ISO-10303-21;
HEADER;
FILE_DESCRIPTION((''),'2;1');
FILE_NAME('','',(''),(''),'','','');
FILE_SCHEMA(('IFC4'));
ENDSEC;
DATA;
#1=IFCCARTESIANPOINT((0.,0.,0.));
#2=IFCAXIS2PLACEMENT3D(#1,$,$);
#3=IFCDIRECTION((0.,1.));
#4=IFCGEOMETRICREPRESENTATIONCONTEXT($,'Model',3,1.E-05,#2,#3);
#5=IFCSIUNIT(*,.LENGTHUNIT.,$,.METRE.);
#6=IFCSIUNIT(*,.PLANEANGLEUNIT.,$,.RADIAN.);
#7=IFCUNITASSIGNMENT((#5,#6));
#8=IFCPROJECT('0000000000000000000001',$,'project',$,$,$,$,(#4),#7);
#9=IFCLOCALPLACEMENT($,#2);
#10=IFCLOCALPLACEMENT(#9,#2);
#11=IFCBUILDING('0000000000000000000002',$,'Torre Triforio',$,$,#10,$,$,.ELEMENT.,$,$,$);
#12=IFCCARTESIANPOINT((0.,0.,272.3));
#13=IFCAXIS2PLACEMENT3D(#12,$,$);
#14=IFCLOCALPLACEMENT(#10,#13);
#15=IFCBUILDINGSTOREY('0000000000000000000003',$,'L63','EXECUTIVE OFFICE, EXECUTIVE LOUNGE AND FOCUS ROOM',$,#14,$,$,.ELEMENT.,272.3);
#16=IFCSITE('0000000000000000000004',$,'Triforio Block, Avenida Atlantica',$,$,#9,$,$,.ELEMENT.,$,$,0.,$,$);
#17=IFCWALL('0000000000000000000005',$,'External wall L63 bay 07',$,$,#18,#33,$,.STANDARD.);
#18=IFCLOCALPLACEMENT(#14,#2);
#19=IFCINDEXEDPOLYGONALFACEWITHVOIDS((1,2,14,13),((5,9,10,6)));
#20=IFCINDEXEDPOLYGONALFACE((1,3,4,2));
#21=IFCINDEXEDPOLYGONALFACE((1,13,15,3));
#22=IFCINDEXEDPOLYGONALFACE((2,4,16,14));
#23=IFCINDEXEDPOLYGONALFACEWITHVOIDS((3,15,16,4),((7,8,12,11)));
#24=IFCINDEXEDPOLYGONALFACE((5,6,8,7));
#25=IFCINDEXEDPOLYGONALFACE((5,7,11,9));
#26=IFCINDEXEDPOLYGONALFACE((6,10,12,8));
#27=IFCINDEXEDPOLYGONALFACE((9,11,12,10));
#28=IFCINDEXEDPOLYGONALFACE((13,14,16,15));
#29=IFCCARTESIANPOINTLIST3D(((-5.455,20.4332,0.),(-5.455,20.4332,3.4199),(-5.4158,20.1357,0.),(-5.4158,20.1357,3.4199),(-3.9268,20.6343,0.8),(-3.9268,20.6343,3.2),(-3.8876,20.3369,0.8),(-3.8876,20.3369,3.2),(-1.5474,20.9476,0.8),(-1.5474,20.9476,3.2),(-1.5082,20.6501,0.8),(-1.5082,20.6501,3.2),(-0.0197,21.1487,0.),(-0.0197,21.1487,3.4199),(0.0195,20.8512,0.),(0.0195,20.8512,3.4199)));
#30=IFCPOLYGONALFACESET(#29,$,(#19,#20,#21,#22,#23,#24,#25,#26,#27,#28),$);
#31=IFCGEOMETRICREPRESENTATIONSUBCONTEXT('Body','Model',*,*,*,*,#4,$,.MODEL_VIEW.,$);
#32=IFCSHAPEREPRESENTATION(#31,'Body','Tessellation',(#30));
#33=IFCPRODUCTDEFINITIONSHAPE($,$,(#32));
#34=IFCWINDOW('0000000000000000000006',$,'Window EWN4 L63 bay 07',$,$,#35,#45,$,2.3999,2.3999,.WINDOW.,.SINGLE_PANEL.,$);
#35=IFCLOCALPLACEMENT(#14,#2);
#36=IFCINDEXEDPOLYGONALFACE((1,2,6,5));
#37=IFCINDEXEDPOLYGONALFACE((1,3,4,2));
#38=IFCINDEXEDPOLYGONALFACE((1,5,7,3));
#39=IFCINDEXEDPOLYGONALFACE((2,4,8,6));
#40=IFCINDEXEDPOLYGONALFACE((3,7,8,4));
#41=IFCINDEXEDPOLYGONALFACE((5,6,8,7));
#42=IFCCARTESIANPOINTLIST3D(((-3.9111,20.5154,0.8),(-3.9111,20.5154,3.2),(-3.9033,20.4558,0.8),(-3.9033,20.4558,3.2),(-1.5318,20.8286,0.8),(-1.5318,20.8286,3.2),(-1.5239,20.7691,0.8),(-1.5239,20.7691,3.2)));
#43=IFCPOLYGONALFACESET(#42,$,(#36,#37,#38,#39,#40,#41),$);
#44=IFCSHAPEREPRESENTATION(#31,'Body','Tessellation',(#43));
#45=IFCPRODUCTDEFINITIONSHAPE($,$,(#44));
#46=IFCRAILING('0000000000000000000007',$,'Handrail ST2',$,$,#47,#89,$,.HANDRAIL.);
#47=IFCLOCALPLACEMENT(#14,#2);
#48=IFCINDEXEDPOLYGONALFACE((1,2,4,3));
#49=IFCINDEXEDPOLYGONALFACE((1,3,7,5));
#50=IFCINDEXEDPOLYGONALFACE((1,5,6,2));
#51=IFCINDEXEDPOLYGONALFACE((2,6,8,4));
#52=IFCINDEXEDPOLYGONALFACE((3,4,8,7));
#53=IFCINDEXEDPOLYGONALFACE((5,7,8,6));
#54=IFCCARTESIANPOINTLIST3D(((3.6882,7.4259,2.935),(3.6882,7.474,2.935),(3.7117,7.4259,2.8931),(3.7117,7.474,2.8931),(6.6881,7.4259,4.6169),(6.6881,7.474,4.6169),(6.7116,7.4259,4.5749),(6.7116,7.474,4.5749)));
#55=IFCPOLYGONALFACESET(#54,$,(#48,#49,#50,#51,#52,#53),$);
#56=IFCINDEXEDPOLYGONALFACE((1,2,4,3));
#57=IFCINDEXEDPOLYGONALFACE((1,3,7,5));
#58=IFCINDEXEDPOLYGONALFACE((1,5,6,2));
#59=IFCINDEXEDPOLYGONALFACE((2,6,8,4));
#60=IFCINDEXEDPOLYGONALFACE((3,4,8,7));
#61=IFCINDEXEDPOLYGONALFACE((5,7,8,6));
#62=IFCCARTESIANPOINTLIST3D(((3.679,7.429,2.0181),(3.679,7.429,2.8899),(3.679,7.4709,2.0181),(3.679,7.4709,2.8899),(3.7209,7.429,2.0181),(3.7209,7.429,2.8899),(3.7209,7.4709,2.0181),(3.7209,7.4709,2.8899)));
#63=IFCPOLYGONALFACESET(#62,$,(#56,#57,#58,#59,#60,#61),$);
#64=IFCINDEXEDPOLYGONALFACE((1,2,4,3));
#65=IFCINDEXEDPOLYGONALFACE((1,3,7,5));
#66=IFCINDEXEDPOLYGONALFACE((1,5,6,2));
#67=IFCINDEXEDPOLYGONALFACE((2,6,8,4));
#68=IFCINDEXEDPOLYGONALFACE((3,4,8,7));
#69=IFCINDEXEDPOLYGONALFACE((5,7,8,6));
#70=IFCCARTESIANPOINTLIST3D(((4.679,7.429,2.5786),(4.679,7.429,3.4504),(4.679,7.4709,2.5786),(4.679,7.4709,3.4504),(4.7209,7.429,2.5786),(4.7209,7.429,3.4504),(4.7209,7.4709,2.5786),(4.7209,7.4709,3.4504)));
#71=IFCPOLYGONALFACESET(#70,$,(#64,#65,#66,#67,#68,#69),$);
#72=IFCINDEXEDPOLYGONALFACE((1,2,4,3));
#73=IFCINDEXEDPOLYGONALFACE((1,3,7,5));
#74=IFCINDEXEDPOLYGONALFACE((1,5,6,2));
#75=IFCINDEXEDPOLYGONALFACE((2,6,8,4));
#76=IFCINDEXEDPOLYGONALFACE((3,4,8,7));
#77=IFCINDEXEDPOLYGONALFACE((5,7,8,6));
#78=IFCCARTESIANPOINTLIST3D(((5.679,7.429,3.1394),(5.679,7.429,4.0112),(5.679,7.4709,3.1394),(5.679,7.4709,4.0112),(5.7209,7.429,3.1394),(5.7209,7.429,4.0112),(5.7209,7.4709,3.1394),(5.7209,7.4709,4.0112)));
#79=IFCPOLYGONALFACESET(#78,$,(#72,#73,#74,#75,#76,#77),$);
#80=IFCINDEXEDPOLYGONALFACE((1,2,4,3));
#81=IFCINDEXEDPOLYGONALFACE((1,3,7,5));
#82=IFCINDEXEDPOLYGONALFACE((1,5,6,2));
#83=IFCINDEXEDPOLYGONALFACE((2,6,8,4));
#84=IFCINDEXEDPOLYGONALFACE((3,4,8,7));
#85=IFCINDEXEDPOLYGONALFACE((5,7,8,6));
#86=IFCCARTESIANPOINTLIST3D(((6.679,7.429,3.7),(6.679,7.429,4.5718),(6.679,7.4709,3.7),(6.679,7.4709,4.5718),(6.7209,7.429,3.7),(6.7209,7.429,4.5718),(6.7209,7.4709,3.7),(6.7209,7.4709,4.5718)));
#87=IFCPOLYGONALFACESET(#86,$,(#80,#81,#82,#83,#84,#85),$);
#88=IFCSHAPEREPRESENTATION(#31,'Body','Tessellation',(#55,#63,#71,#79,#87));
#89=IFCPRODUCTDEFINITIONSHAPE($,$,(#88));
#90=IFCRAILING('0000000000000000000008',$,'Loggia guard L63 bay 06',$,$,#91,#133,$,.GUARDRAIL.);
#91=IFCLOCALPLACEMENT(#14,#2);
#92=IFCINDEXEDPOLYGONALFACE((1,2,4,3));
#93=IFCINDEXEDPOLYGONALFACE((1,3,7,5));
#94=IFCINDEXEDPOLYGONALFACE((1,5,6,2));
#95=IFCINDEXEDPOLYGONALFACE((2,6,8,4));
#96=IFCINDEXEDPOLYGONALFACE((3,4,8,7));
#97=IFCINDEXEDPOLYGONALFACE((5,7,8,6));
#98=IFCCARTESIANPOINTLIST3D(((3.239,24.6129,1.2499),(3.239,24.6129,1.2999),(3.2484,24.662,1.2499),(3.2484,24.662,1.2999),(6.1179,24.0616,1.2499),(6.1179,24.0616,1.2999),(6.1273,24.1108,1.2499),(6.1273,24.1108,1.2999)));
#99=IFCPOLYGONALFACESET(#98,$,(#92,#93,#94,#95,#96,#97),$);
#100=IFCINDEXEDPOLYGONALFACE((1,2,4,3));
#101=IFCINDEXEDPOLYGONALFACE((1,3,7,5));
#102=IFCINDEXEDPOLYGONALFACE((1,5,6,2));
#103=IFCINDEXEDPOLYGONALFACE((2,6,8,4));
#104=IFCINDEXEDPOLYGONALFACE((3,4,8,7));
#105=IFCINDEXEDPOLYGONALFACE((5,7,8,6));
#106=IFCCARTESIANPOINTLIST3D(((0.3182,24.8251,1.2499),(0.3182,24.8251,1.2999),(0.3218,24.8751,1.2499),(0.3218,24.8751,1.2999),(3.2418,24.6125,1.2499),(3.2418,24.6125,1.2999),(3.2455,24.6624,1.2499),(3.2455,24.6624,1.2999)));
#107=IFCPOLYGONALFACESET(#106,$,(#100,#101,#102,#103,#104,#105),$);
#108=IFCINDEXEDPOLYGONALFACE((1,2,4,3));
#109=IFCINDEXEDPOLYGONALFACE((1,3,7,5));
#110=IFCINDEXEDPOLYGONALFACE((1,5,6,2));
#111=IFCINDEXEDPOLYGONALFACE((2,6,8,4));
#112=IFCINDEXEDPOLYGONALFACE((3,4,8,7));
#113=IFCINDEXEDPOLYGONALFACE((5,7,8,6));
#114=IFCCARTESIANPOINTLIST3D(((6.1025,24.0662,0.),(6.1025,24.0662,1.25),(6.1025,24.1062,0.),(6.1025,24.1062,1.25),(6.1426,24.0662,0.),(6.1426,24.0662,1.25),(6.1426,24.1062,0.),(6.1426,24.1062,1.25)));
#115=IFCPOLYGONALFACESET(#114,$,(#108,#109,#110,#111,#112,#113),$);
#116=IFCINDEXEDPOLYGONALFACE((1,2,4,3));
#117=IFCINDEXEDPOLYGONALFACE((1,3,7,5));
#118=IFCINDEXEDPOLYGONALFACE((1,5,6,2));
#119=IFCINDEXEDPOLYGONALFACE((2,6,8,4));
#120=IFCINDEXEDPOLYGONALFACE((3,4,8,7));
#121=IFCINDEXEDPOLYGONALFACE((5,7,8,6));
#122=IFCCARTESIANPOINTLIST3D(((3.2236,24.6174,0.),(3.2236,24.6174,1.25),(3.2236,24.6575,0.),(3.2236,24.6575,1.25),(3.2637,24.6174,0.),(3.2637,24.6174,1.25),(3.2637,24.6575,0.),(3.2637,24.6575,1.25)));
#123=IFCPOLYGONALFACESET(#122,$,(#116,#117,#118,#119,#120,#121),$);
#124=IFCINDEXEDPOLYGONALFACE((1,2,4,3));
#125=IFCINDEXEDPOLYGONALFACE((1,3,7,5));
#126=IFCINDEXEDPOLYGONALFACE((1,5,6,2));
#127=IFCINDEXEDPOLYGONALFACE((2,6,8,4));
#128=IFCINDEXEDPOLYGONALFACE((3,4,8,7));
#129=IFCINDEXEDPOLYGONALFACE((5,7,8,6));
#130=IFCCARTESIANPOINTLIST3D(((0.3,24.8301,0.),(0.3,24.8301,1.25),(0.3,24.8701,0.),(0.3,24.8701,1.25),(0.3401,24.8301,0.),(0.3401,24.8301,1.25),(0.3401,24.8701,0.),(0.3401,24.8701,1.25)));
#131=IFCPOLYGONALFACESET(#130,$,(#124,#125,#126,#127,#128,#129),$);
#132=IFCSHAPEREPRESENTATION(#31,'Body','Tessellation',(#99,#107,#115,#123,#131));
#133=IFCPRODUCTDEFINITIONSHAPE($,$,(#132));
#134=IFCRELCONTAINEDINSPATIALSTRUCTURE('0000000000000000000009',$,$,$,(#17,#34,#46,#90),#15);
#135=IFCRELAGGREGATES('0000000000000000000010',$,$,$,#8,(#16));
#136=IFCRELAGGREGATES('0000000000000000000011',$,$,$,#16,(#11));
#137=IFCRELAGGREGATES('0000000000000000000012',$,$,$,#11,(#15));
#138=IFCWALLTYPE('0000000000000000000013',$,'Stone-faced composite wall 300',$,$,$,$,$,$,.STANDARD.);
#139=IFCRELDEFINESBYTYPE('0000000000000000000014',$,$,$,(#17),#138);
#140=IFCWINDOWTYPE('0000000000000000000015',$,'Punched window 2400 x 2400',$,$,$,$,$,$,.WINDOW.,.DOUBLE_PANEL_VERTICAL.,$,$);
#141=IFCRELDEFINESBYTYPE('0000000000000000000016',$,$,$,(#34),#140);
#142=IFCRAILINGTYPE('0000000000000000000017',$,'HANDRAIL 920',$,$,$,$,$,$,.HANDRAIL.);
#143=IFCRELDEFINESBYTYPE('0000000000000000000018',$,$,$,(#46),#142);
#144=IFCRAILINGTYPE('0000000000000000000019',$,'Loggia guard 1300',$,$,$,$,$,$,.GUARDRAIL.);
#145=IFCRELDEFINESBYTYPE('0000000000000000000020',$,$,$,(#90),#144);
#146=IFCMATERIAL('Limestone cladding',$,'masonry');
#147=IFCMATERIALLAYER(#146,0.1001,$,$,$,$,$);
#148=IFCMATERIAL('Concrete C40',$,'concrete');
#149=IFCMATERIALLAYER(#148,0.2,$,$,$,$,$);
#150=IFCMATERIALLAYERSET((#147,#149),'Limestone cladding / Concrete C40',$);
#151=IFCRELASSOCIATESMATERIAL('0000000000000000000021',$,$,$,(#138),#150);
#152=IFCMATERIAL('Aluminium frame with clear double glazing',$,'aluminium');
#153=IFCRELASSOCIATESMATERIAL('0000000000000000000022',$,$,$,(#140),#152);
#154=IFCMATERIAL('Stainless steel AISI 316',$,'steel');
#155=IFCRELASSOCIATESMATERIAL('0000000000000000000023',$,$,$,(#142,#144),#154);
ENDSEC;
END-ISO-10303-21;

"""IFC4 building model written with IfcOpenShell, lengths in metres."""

from ifc_helpers import new_model, si_unit, direction, frame, frame_2d, origin, origin_2d, place, context, subcontext, project, spatial, rectangle, extrude, material, layer, layer_set, type_object, element, fill, save


model = new_model("IFC4")

# Units and contexts
model_context = context("Model", 3, precision=1e-05, world=origin(), true_north=direction((0.0, 1.0)))
body_context = subcontext(model_context, "Body", "Model", "MODEL_VIEW")
ifc_project = project(units=[si_unit("LENGTHUNIT", "METRE"), si_unit("PLANEANGLEUNIT", "RADIAN")], contexts=[model_context])

# Site, building, storey
site_placement = place(None, origin())
site = spatial("IfcSite", under=ifc_project, at=site_placement, Name="Triforio Block, Avenida Atlantica", CompositionType="ELEMENT", RefElevation=0.0)
building_placement = place(site_placement, origin())
building = spatial("IfcBuilding", under=site, at=building_placement, Name="Torre Triforio", CompositionType="ELEMENT")
storey_placement = place(building_placement, frame((0.0, 0.0, 272.3)))
storey = spatial("IfcBuildingStorey", under=building, at=storey_placement, Name="L63", Description="EXECUTIVE OFFICE, EXECUTIVE LOUNGE AND FOCUS ROOM", CompositionType="ELEMENT", Elevation=272.3)

# Shared definitions
ifc_material_1 = material(Name="Concrete C40", Category="concrete")

# Shared definitions
ifc_material_2 = material(Name="Limestone cladding", Category="masonry")
ifc_layer_1 = layer(ifc_material_2, 0.1001)
ifc_layer_2 = layer(ifc_material_1, 0.2)
ifc_layer_set_1 = layer_set([ifc_layer_1, ifc_layer_2], Name="Limestone cladding / Concrete C40")
wall_type_1 = type_object("IfcWallType", Name="Stone-faced composite wall 300", PredefinedType="STANDARD", material=ifc_layer_set_1)
ifc_material_3 = material(Name="Aluminium frame with clear double glazing", Category="aluminium")

# Wall, opening, window
wall_1_placement = place(storey_placement, frame((0.0, 21.0, 0.0), z_axis=(0.0, 0.0, 1.0), x_axis=(-0.991445, -0.130527, 0.0)))
wall_1 = element("IfcWall", 1, at=wall_1_placement, inside=storey, type_object=wall_type_1, Name="External wall L63 bay 07", PredefinedType="STANDARD", context=body_context, shape_type="SweptSolid", body=[
    extrude(rectangle(XDim=5.4822, YDim=0.3, at=frame_2d((2.7412, 0.0))), origin(), (0.0, 0.0, 1.0), 3.4199),
])
opening_1_placement = place(wall_1_placement, frame((1.541, 0.0, 0.8)))
opening_1 = element("IfcOpeningElement", 2, at=opening_1_placement, cuts=wall_1, PredefinedType="OPENING", context=body_context, shape_type="SweptSolid", body=[
    extrude(rectangle(XDim=2.3999, YDim=2.3999, at=frame_2d((1.2, 1.2))), frame((0.0, 0.1599, 0.0), z_axis=(0.0, -1.0, 0.0), x_axis=(1.0, 0.0, 0.0)), (0.0, 0.0, 1.0), 0.3201),
])
window_type_1 = type_object("IfcWindowType", Name="Punched window 2400 x 2400", PartitioningType="DOUBLE_PANEL_VERTICAL", PredefinedType="WINDOW", material=ifc_material_3)
window_1_placement = place(opening_1_placement, origin())
window_1 = element("IfcWindow", 3, at=window_1_placement, inside=storey, type_object=window_type_1, Name="Window EWN4 L63 bay 07", OverallHeight=2.3999, OverallWidth=2.3999, PartitioningType="SINGLE_PANEL", PredefinedType="WINDOW", context=body_context, shape_type="SweptSolid", body=[
    extrude(rectangle(XDim=2.3999, YDim=2.3999, at=frame_2d((1.2, 1.2))), frame((0.0, 0.03, 0.0), z_axis=(0.0, -1.0, 0.0), x_axis=(1.0, 0.0, 0.0)), (0.0, 0.0, 1.0), 0.0601),
])
fill(opening_1, window_1)

# Railings
ifc_material_4 = material(Name="Stainless steel AISI 316", Category="steel")
railing_type_1 = type_object("IfcRailingType", Name="HANDRAIL 920", PredefinedType="HANDRAIL", material=ifc_material_4)
railing_1_placement = place(storey_placement, frame((3.7, 7.45, 2.0181)))
element("IfcRailing", 4, at=railing_1_placement, inside=storey, type_object=railing_type_1, Name="Handrail ST2", PredefinedType="HANDRAIL", context=body_context, shape_type="SweptSolid", body=[
    extrude(rectangle(XDim=0.0481, YDim=0.0481, at=origin_2d()), frame((0.0, 0.0, 0.896), z_axis=(0.872272, 0.0, 0.48902), x_axis=(0.0, 1.0, 0.0)), (0.0, 0.0, 1.0), 3.4392),
    extrude(rectangle(XDim=0.042, YDim=0.042, at=origin_2d()), origin(), (0.0, 0.0, 1.0), 0.8718),
    extrude(rectangle(XDim=0.042, YDim=0.042, at=origin_2d()), frame((1.0, 0.0, 0.5605)), (0.0, 0.0, 1.0), 0.8718),
    extrude(rectangle(XDim=0.042, YDim=0.042, at=origin_2d()), frame((2.0, 0.0, 1.1213)), (0.0, 0.0, 1.0), 0.8718),
    extrude(rectangle(XDim=0.042, YDim=0.042, at=origin_2d()), frame((3.0, 0.0, 1.6819)), (0.0, 0.0, 1.0), 0.8718),
])
railing_type_2 = type_object("IfcRailingType", Name="Loggia guard 1300", PredefinedType="GUARDRAIL", material=ifc_material_4)
railing_2_placement = place(storey_placement, frame((6.1226, 24.0862, 0.0)))
element("IfcRailing", 5, at=railing_2_placement, inside=storey, type_object=railing_type_2, Name="Loggia guard L63 bay 06", PredefinedType="GUARDRAIL", context=body_context, shape_type="SweptSolid", body=[
    extrude(rectangle(XDim=0.05, YDim=0.05, at=origin_2d()), frame((0.0, 0.0, 1.2749), z_axis=(-0.982156, 0.188069, 0.0), x_axis=(-0.188069, -0.982156, 0.0)), (0.0, 0.0, 1.0), 2.9312),
    extrude(rectangle(XDim=0.05, YDim=0.05, at=origin_2d()), frame((-2.8789, 0.5513, 1.2749), z_axis=(-0.997365, 0.072543, 0.0), x_axis=(-0.072543, -0.997365, 0.0)), (0.0, 0.0, 1.0), 2.9314),
    extrude(rectangle(XDim=0.04, YDim=0.04, at=origin_2d()), origin(), (0.0, 0.0, 1.0), 1.25),
    extrude(rectangle(XDim=0.04, YDim=0.04, at=origin_2d()), frame((-2.8789, 0.5513, 0.0)), (0.0, 0.0, 1.0), 1.25),
    extrude(rectangle(XDim=0.04, YDim=0.04, at=origin_2d()), frame((-5.8025, 0.7639, 0.0)), (0.0, 0.0, 1.0), 1.25),
])

save(model, "model.ifc")
